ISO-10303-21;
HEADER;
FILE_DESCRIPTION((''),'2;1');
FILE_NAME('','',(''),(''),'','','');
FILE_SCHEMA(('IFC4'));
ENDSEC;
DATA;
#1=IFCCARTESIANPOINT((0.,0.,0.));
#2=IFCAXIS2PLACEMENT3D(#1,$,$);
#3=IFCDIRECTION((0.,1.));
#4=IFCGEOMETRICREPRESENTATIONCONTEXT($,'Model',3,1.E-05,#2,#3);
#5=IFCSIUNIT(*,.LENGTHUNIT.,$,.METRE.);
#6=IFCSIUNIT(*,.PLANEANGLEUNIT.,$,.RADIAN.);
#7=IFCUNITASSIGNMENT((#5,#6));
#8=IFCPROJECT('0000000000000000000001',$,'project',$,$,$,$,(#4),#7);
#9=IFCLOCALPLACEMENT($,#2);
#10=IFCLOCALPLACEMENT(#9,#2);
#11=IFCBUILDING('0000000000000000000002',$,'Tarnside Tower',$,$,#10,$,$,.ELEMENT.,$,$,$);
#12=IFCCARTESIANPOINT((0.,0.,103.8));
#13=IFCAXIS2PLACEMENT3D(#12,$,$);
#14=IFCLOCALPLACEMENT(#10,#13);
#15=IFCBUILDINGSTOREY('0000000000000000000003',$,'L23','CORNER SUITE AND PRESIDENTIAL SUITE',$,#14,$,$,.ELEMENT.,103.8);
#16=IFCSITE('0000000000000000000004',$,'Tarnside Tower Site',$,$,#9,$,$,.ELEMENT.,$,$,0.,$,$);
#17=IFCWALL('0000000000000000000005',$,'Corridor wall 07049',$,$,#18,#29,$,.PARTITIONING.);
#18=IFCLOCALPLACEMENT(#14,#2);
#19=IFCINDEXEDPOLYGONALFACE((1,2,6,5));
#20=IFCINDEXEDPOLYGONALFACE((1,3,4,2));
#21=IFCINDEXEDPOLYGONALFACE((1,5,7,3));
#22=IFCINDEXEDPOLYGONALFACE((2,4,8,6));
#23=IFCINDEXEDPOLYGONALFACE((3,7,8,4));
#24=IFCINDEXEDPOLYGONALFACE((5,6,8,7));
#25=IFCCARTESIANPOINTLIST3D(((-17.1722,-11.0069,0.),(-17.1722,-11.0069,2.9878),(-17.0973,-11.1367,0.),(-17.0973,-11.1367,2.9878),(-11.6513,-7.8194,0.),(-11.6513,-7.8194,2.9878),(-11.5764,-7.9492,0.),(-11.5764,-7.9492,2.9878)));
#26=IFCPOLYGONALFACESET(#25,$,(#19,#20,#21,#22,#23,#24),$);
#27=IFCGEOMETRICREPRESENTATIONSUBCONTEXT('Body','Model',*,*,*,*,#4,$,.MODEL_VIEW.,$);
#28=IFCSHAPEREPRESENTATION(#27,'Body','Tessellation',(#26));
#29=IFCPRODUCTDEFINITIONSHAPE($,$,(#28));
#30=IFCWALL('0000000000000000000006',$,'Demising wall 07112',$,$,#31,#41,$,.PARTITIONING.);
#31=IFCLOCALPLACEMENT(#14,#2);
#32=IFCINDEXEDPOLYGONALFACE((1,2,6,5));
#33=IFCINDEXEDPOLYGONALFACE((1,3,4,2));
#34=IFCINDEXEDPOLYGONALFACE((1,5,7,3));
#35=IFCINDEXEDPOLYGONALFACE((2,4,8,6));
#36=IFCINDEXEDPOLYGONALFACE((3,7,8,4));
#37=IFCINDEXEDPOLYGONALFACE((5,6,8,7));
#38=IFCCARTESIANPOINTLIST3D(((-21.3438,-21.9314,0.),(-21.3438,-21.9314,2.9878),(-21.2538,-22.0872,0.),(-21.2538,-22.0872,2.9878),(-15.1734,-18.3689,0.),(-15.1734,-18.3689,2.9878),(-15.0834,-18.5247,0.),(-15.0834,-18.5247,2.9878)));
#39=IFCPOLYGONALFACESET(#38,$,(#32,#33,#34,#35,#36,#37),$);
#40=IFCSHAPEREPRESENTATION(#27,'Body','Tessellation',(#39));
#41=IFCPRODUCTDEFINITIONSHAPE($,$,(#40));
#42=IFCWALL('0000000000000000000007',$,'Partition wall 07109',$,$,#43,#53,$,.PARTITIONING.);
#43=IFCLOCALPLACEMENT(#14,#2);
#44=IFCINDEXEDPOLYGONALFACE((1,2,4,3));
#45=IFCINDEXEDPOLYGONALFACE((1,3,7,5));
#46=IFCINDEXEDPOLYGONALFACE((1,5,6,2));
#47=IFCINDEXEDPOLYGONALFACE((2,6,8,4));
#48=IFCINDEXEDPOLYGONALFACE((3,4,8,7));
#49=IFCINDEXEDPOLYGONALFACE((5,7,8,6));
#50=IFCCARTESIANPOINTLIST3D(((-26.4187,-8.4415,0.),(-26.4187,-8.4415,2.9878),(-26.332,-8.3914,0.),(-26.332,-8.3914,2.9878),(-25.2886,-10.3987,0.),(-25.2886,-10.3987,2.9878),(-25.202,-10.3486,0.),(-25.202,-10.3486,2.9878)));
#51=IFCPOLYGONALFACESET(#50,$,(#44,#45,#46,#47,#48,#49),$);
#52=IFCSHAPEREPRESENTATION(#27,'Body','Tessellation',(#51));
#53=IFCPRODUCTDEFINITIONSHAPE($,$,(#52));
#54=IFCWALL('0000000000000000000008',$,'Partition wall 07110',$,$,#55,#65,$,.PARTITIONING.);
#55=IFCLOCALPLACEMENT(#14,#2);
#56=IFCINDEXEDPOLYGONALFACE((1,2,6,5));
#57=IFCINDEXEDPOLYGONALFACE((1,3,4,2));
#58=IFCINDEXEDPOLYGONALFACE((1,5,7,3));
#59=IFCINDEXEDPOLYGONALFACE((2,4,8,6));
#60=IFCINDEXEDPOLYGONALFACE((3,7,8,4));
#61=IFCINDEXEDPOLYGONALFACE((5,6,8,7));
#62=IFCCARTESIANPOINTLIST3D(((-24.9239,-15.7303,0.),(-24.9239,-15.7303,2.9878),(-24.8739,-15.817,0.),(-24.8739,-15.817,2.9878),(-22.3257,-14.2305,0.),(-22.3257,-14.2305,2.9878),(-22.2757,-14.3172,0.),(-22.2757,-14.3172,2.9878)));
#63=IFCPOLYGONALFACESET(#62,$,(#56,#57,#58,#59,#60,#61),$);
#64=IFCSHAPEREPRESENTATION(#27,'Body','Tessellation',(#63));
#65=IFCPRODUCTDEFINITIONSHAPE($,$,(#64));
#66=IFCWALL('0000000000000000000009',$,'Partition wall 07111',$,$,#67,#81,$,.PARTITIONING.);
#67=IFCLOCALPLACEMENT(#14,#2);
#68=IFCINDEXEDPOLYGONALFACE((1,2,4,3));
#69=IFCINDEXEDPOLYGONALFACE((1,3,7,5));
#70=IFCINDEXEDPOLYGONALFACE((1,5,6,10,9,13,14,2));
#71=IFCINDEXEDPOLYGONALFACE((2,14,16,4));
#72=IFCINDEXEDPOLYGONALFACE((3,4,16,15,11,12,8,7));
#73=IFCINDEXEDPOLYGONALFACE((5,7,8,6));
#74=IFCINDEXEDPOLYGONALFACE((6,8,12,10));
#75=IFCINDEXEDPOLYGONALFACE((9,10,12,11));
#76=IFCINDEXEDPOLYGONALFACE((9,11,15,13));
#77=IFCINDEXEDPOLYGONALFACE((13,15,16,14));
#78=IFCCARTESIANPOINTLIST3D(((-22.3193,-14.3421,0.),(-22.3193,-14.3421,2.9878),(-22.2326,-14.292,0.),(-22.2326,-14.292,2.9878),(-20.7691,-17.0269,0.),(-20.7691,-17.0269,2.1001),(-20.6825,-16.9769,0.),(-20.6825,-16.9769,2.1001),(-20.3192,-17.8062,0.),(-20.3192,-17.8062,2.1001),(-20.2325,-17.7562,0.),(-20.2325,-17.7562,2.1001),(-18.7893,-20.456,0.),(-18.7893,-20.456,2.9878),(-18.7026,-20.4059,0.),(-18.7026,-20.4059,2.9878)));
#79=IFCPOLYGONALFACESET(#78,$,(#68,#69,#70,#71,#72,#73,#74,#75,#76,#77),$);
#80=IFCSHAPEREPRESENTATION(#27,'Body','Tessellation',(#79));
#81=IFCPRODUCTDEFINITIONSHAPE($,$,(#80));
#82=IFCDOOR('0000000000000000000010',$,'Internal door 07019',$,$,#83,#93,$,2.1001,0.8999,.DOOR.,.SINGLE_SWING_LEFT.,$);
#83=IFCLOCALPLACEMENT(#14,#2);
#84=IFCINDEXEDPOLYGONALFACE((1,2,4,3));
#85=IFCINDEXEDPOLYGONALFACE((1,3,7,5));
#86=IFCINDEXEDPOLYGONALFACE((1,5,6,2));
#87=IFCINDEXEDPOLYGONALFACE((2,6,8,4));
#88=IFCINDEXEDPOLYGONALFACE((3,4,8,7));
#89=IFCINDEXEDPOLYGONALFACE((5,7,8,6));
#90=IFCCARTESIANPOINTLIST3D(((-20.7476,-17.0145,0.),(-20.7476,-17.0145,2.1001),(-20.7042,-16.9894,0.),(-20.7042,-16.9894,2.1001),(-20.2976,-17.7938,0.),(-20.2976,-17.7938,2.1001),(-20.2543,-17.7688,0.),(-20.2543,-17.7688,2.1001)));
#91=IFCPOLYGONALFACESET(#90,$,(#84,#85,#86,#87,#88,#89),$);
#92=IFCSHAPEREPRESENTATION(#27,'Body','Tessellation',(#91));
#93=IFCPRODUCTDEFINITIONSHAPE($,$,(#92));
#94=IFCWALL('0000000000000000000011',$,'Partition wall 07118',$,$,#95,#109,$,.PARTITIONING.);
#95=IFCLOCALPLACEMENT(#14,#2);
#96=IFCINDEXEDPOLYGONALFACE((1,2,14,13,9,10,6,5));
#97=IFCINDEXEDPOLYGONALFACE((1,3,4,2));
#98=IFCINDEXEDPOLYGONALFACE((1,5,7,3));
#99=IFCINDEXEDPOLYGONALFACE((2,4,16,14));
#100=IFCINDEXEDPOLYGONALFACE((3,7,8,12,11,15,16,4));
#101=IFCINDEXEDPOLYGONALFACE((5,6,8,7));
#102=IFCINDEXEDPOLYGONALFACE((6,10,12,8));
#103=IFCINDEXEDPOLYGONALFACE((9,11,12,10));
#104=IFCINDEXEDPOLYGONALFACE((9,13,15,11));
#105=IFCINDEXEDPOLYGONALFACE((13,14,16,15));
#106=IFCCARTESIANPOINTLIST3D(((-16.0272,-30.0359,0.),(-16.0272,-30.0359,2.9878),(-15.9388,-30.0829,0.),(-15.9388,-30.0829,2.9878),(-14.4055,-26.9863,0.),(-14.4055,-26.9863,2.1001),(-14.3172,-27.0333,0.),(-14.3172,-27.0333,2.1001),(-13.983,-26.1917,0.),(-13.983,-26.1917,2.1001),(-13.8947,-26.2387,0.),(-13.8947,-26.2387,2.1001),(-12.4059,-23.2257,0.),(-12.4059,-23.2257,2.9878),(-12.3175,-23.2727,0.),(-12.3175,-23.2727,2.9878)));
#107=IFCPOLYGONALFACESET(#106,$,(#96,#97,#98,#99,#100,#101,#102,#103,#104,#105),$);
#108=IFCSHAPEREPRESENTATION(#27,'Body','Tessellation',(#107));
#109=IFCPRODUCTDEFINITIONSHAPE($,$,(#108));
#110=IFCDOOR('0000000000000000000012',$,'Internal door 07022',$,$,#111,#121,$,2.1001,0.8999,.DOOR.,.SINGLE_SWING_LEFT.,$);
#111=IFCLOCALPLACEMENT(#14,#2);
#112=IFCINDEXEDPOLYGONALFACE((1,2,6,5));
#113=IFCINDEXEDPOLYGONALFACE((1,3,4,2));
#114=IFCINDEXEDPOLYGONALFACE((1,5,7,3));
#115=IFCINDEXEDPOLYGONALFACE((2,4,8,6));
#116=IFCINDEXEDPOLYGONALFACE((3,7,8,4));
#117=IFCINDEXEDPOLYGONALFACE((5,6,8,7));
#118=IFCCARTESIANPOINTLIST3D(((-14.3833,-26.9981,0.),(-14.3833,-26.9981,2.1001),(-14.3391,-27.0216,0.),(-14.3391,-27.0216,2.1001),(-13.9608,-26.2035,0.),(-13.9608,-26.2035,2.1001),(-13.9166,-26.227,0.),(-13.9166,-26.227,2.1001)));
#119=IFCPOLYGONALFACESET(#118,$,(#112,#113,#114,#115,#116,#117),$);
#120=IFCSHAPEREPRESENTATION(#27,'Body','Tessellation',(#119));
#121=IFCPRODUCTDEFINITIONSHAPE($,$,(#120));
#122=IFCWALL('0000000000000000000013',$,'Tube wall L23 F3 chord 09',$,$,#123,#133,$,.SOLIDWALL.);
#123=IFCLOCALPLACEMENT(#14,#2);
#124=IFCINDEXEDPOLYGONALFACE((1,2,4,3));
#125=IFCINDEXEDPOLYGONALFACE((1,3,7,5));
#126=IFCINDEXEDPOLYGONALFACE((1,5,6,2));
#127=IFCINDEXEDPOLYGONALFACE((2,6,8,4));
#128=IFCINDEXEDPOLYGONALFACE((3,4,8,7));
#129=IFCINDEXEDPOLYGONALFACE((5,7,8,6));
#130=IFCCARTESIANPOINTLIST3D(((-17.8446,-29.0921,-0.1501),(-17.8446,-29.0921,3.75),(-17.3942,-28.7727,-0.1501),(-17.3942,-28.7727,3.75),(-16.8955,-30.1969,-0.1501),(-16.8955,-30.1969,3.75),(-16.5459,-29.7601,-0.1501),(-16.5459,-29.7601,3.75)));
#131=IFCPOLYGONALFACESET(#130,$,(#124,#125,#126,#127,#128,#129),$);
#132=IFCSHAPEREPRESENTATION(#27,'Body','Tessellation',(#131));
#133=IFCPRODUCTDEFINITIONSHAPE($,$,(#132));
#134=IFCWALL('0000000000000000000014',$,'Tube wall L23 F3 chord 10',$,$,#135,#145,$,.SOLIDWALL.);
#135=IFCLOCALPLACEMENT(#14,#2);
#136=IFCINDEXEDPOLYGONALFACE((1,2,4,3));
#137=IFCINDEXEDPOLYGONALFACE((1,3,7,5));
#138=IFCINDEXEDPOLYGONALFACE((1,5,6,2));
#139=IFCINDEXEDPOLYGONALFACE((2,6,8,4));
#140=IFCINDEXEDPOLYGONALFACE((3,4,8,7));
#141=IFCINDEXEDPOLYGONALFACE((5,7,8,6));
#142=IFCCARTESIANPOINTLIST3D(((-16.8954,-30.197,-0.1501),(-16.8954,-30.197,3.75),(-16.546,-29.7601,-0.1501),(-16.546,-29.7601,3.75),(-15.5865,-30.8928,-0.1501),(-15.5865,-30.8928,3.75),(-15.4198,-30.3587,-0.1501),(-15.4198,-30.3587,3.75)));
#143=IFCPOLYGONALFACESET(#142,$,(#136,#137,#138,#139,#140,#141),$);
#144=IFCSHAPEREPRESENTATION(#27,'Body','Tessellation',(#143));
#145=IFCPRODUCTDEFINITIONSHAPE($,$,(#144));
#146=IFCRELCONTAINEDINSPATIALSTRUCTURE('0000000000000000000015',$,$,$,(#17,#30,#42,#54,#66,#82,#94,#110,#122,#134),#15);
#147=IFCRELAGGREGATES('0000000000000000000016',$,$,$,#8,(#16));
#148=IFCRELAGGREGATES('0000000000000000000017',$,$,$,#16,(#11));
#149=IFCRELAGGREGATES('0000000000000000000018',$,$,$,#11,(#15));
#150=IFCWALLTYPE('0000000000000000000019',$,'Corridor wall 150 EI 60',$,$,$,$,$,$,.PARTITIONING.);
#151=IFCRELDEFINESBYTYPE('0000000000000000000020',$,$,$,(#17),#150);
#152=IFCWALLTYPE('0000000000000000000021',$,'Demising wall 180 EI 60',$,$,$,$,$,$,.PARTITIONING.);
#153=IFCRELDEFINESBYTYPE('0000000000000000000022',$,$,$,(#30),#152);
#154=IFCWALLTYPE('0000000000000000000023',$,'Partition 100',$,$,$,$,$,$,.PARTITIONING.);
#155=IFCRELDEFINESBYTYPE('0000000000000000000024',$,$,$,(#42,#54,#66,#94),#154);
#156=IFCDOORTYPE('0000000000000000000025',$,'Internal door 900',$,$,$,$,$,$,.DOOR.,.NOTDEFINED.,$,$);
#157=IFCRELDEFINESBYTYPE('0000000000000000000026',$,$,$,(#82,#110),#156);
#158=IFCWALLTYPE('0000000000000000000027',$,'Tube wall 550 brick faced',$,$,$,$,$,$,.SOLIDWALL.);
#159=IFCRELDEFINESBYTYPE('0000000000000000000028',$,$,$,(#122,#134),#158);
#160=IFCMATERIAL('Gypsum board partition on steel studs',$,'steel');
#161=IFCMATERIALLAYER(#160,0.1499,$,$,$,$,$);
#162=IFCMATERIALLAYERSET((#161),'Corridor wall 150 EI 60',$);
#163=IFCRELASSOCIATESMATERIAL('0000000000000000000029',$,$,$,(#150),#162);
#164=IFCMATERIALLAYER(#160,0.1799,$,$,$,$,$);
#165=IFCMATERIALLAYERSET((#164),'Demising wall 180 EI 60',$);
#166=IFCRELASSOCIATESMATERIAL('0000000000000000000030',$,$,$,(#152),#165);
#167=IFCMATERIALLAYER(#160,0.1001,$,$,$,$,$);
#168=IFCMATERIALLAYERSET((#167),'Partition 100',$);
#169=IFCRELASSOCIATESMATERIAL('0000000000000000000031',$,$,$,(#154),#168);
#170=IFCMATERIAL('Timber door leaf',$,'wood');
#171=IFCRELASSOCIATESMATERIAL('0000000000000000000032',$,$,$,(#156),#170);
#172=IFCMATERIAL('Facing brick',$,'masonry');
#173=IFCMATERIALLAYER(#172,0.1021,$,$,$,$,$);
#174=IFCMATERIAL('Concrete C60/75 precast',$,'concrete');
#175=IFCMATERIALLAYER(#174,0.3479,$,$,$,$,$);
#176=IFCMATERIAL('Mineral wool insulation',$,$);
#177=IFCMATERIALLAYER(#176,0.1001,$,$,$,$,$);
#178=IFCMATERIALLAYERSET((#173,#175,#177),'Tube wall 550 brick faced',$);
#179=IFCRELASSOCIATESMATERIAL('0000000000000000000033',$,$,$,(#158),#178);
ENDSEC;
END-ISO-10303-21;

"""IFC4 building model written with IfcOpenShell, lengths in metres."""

from ifc_helpers import new_model, si_unit, direction, frame, frame_2d, origin, place, context, subcontext, project, spatial, polyline, rectangle, outline, extrude, material, layer, layer_set, type_object, element, fill, save


model = new_model("IFC4")

# Units and contexts
model_context = context("Model", 3, precision=1e-05, world=origin(), true_north=direction((0.0, 1.0)))
body_context = subcontext(model_context, "Body", "Model", "MODEL_VIEW")
ifc_project = project(units=[si_unit("LENGTHUNIT", "METRE"), si_unit("PLANEANGLEUNIT", "RADIAN")], contexts=[model_context])

# Site, building, storey
site_placement = place(None, origin())
site = spatial("IfcSite", under=ifc_project, at=site_placement, Name="Tarnside Tower Site", CompositionType="ELEMENT", RefElevation=0.0)
building_placement = place(site_placement, origin())
building = spatial("IfcBuilding", under=site, at=building_placement, Name="Tarnside Tower", CompositionType="ELEMENT")
storey_placement = place(building_placement, frame((0.0, 0.0, 103.8)))
storey = spatial("IfcBuildingStorey", under=building, at=storey_placement, Name="L23", Description="CORNER SUITE AND PRESIDENTIAL SUITE", CompositionType="ELEMENT", Elevation=103.8)

# Walls
ifc_material_1 = material(Name="Gypsum board partition on steel studs", Category="steel")
ifc_layer_1 = layer(ifc_material_1, 0.1499)
ifc_layer_set_1 = layer_set([ifc_layer_1], Name="Corridor wall 150 EI 60")
wall_type_1 = type_object("IfcWallType", Name="Corridor wall 150 EI 60", PredefinedType="PARTITIONING", material=ifc_layer_set_1)
wall_1_placement = place(storey_placement, frame((-17.1348, -11.0718, 0.0), z_axis=(0.0, 0.0, 1.0), x_axis=(0.866029, 0.499994, 0.0)))
element("IfcWall", 1, at=wall_1_placement, inside=storey, type_object=wall_type_1, Name="Corridor wall 07049", PredefinedType="PARTITIONING", context=body_context, shape_type="SweptSolid", body=[
    extrude(rectangle(XDim=6.375, YDim=0.1499, at=frame_2d((3.1875, 0.0))), origin(), (0.0, 0.0, 1.0), 2.9878),
])
ifc_layer_2 = layer(ifc_material_1, 0.1799)
ifc_layer_set_2 = layer_set([ifc_layer_2], Name="Demising wall 180 EI 60")
wall_type_2 = type_object("IfcWallType", Name="Demising wall 180 EI 60", PredefinedType="PARTITIONING", material=ifc_layer_set_2)
wall_2_placement = place(storey_placement, frame((-21.2988, -22.0093, 0.0), z_axis=(0.0, 0.0, 1.0), x_axis=(0.866025, 0.500001, 0.0)))
element("IfcWall", 2, at=wall_2_placement, inside=storey, type_object=wall_type_2, Name="Demising wall 07112", PredefinedType="PARTITIONING", context=body_context, shape_type="SweptSolid", body=[
    extrude(rectangle(XDim=7.125, YDim=0.1799, at=frame_2d((3.5625, 0.0))), origin(), (0.0, 0.0, 1.0), 2.9878),
])
ifc_layer_3 = layer(ifc_material_1, 0.1001)
ifc_layer_set_3 = layer_set([ifc_layer_3], Name="Partition 100")
wall_type_3 = type_object("IfcWallType", Name="Partition 100", PredefinedType="PARTITIONING", material=ifc_layer_set_3)
wall_3_placement = place(storey_placement, frame((-25.2454, -10.3735, 0.0), z_axis=(0.0, 0.0, 1.0), x_axis=(-0.500031, 0.866007, 0.0)))
element("IfcWall", 3, at=wall_3_placement, inside=storey, type_object=wall_type_3, Name="Partition wall 07109", PredefinedType="PARTITIONING", context=body_context, shape_type="SweptSolid", body=[
    extrude(rectangle(XDim=2.26, YDim=0.1001, at=frame_2d((1.1299, 0.0))), origin(), (0.0, 0.0, 1.0), 2.9878),
])
wall_4_placement = place(storey_placement, frame((-24.8989, -15.7737, 0.0), z_axis=(0.0, 0.0, 1.0), x_axis=(0.866066, 0.499929, 0.0)))
element("IfcWall", 4, at=wall_4_placement, inside=storey, type_object=wall_type_3, Name="Partition wall 07110", PredefinedType="PARTITIONING", context=body_context, shape_type="SweptSolid", body=[
    extrude(rectangle(XDim=3.0, YDim=0.1001, at=frame_2d((1.5, 0.0))), origin(), (0.0, 0.0, 1.0), 2.9878),
])

# Walls, openings, doors
wall_5_placement = place(storey_placement, frame((-22.2759, -14.3171, 0.0), z_axis=(0.0, 0.0, 1.0), x_axis=(0.500011, -0.866019, 0.0)))
wall_5 = element("IfcWall", 5, at=wall_5_placement, inside=storey, type_object=wall_type_3, Name="Partition wall 07111", PredefinedType="PARTITIONING", context=body_context, shape_type="SweptSolid", body=[
    extrude(rectangle(XDim=7.0598, YDim=0.1001, at=frame_2d((3.5298, 0.0))), origin(), (0.0, 0.0, 1.0), 2.9878),
])
opening_1_placement = place(wall_5_placement, frame((3.1001, 0.0, 0.0)))
opening_1 = element("IfcOpeningElement", 6, at=opening_1_placement, cuts=wall_5, PredefinedType="OPENING", context=body_context, shape_type="SweptSolid", body=[
    extrude(rectangle(XDim=0.8999, YDim=2.1001, at=frame_2d((0.45, 1.05))), frame((0.0, 0.0601, 0.0), z_axis=(0.0, -1.0, 0.0), x_axis=(1.0, 0.0, 0.0)), (0.0, 0.0, 1.0), 0.1201),
])
ifc_material_2 = material(Name="Timber door leaf", Category="wood")
door_type = type_object("IfcDoorType", Name="Internal door 900", OperationType="NOTDEFINED", PredefinedType="DOOR", material=ifc_material_2)
door_1_placement = place(opening_1_placement, origin())
door_1 = element("IfcDoor", 7, at=door_1_placement, inside=storey, type_object=door_type, Name="Internal door 07019", OperationType="SINGLE_SWING_LEFT", OverallHeight=2.1001, OverallWidth=0.8999, PredefinedType="DOOR", context=body_context, shape_type="SweptSolid", body=[
    extrude(rectangle(XDim=0.8999, YDim=2.1001, at=frame_2d((0.45, 1.05))), frame((0.0, 0.0249, 0.0), z_axis=(0.0, -1.0, 0.0), x_axis=(1.0, 0.0, 0.0)), (0.0, 0.0, 1.0), 0.05),
])
fill(opening_1, door_1)
wall_6_placement = place(storey_placement, frame((-15.9829, -30.0593, 0.0), z_axis=(0.0, 0.0, 1.0), x_axis=(0.469495, 0.882935, 0.0)))
wall_6 = element("IfcWall", 8, at=wall_6_placement, inside=storey, type_object=wall_type_3, Name="Partition wall 07118", PredefinedType="PARTITIONING", context=body_context, shape_type="SweptSolid", body=[
    extrude(rectangle(XDim=7.7131, YDim=0.1001, at=frame_2d((3.8564, 0.0))), origin(), (0.0, 0.0, 1.0), 2.9878),
])
opening_2_placement = place(wall_6_placement, frame((3.4539, 0.0, 0.0)))
opening_2 = element("IfcOpeningElement", 9, at=opening_2_placement, cuts=wall_6, PredefinedType="OPENING", context=body_context, shape_type="SweptSolid", body=[
    extrude(rectangle(XDim=0.8999, YDim=2.1001, at=frame_2d((0.45, 1.05))), frame((0.0, 0.0601, 0.0), z_axis=(0.0, -1.0, 0.0), x_axis=(1.0, 0.0, 0.0)), (0.0, 0.0, 1.0), 0.1201),
])
door_2_placement = place(opening_2_placement, origin())
door_2 = element("IfcDoor", 10, at=door_2_placement, inside=storey, type_object=door_type, Name="Internal door 07022", OperationType="SINGLE_SWING_LEFT", OverallHeight=2.1001, OverallWidth=0.8999, PredefinedType="DOOR", context=body_context, shape_type="SweptSolid", body=[
    extrude(rectangle(XDim=0.8999, YDim=2.1001, at=frame_2d((0.45, 1.05))), frame((0.0, 0.0249, 0.0), z_axis=(0.0, -1.0, 0.0), x_axis=(1.0, 0.0, 0.0)), (0.0, 0.0, 1.0), 0.05),
])
fill(opening_2, door_2)

# Walls
ifc_material_3 = material(Name="Facing brick", Category="masonry")
ifc_layer_4 = layer(ifc_material_3, 0.1021)
ifc_material_4 = material(Name="Concrete C60/75 precast", Category="concrete")
ifc_layer_5 = layer(ifc_material_4, 0.3479)
ifc_material_5 = material(Name="Mineral wool insulation")
ifc_layer_6 = layer(ifc_material_5, 0.1001)
ifc_layer_set_4 = layer_set([ifc_layer_4, ifc_layer_5, ifc_layer_6], Name="Tube wall 550 brick faced")
wall_type_4 = type_object("IfcWallType", Name="Tube wall 550 brick faced", PredefinedType="SOLIDWALL", material=ifc_layer_set_4)
wall_7_placement = place(storey_placement, frame((-17.6194, -28.9324, -0.1501), z_axis=(0.0, 0.0, 1.0), x_axis=(0.651622, -0.758544, 0.0)))
element("IfcWall", 11, at=wall_7_placement, inside=storey, type_object=wall_type_4, Name="Tube wall L23 F3 chord 09", PredefinedType="SOLIDWALL", context=body_context, shape_type="SweptSolid", body=[
    extrude(outline(polyline([(-0.0256, -0.2749), (1.4309, -0.2749), (1.3274, 0.2749), (0.0256, 0.2749), (-0.0256, -0.2749)])), origin(), (0.0, 0.0, 1.0), 3.9001),
])
wall_8_placement = place(storey_placement, frame((-16.7207, -29.9785, -0.1501), z_axis=(0.0, 0.0, 1.0), x_axis=(0.882994, -0.469384, 0.0)))
element("IfcWall", 12, at=wall_8_placement, inside=storey, type_object=wall_type_4, Name="Tube wall L23 F3 chord 10", PredefinedType="SOLIDWALL", context=body_context, shape_type="SweptSolid", body=[
    extrude(outline(polyline([(-0.0518, -0.2749), (1.4307, -0.2749), (1.3271, 0.2749), (0.0518, 0.2749), (-0.0518, -0.2749)])), origin(), (0.0, 0.0, 1.0), 3.9001),
])

save(model, "model.ifc")
